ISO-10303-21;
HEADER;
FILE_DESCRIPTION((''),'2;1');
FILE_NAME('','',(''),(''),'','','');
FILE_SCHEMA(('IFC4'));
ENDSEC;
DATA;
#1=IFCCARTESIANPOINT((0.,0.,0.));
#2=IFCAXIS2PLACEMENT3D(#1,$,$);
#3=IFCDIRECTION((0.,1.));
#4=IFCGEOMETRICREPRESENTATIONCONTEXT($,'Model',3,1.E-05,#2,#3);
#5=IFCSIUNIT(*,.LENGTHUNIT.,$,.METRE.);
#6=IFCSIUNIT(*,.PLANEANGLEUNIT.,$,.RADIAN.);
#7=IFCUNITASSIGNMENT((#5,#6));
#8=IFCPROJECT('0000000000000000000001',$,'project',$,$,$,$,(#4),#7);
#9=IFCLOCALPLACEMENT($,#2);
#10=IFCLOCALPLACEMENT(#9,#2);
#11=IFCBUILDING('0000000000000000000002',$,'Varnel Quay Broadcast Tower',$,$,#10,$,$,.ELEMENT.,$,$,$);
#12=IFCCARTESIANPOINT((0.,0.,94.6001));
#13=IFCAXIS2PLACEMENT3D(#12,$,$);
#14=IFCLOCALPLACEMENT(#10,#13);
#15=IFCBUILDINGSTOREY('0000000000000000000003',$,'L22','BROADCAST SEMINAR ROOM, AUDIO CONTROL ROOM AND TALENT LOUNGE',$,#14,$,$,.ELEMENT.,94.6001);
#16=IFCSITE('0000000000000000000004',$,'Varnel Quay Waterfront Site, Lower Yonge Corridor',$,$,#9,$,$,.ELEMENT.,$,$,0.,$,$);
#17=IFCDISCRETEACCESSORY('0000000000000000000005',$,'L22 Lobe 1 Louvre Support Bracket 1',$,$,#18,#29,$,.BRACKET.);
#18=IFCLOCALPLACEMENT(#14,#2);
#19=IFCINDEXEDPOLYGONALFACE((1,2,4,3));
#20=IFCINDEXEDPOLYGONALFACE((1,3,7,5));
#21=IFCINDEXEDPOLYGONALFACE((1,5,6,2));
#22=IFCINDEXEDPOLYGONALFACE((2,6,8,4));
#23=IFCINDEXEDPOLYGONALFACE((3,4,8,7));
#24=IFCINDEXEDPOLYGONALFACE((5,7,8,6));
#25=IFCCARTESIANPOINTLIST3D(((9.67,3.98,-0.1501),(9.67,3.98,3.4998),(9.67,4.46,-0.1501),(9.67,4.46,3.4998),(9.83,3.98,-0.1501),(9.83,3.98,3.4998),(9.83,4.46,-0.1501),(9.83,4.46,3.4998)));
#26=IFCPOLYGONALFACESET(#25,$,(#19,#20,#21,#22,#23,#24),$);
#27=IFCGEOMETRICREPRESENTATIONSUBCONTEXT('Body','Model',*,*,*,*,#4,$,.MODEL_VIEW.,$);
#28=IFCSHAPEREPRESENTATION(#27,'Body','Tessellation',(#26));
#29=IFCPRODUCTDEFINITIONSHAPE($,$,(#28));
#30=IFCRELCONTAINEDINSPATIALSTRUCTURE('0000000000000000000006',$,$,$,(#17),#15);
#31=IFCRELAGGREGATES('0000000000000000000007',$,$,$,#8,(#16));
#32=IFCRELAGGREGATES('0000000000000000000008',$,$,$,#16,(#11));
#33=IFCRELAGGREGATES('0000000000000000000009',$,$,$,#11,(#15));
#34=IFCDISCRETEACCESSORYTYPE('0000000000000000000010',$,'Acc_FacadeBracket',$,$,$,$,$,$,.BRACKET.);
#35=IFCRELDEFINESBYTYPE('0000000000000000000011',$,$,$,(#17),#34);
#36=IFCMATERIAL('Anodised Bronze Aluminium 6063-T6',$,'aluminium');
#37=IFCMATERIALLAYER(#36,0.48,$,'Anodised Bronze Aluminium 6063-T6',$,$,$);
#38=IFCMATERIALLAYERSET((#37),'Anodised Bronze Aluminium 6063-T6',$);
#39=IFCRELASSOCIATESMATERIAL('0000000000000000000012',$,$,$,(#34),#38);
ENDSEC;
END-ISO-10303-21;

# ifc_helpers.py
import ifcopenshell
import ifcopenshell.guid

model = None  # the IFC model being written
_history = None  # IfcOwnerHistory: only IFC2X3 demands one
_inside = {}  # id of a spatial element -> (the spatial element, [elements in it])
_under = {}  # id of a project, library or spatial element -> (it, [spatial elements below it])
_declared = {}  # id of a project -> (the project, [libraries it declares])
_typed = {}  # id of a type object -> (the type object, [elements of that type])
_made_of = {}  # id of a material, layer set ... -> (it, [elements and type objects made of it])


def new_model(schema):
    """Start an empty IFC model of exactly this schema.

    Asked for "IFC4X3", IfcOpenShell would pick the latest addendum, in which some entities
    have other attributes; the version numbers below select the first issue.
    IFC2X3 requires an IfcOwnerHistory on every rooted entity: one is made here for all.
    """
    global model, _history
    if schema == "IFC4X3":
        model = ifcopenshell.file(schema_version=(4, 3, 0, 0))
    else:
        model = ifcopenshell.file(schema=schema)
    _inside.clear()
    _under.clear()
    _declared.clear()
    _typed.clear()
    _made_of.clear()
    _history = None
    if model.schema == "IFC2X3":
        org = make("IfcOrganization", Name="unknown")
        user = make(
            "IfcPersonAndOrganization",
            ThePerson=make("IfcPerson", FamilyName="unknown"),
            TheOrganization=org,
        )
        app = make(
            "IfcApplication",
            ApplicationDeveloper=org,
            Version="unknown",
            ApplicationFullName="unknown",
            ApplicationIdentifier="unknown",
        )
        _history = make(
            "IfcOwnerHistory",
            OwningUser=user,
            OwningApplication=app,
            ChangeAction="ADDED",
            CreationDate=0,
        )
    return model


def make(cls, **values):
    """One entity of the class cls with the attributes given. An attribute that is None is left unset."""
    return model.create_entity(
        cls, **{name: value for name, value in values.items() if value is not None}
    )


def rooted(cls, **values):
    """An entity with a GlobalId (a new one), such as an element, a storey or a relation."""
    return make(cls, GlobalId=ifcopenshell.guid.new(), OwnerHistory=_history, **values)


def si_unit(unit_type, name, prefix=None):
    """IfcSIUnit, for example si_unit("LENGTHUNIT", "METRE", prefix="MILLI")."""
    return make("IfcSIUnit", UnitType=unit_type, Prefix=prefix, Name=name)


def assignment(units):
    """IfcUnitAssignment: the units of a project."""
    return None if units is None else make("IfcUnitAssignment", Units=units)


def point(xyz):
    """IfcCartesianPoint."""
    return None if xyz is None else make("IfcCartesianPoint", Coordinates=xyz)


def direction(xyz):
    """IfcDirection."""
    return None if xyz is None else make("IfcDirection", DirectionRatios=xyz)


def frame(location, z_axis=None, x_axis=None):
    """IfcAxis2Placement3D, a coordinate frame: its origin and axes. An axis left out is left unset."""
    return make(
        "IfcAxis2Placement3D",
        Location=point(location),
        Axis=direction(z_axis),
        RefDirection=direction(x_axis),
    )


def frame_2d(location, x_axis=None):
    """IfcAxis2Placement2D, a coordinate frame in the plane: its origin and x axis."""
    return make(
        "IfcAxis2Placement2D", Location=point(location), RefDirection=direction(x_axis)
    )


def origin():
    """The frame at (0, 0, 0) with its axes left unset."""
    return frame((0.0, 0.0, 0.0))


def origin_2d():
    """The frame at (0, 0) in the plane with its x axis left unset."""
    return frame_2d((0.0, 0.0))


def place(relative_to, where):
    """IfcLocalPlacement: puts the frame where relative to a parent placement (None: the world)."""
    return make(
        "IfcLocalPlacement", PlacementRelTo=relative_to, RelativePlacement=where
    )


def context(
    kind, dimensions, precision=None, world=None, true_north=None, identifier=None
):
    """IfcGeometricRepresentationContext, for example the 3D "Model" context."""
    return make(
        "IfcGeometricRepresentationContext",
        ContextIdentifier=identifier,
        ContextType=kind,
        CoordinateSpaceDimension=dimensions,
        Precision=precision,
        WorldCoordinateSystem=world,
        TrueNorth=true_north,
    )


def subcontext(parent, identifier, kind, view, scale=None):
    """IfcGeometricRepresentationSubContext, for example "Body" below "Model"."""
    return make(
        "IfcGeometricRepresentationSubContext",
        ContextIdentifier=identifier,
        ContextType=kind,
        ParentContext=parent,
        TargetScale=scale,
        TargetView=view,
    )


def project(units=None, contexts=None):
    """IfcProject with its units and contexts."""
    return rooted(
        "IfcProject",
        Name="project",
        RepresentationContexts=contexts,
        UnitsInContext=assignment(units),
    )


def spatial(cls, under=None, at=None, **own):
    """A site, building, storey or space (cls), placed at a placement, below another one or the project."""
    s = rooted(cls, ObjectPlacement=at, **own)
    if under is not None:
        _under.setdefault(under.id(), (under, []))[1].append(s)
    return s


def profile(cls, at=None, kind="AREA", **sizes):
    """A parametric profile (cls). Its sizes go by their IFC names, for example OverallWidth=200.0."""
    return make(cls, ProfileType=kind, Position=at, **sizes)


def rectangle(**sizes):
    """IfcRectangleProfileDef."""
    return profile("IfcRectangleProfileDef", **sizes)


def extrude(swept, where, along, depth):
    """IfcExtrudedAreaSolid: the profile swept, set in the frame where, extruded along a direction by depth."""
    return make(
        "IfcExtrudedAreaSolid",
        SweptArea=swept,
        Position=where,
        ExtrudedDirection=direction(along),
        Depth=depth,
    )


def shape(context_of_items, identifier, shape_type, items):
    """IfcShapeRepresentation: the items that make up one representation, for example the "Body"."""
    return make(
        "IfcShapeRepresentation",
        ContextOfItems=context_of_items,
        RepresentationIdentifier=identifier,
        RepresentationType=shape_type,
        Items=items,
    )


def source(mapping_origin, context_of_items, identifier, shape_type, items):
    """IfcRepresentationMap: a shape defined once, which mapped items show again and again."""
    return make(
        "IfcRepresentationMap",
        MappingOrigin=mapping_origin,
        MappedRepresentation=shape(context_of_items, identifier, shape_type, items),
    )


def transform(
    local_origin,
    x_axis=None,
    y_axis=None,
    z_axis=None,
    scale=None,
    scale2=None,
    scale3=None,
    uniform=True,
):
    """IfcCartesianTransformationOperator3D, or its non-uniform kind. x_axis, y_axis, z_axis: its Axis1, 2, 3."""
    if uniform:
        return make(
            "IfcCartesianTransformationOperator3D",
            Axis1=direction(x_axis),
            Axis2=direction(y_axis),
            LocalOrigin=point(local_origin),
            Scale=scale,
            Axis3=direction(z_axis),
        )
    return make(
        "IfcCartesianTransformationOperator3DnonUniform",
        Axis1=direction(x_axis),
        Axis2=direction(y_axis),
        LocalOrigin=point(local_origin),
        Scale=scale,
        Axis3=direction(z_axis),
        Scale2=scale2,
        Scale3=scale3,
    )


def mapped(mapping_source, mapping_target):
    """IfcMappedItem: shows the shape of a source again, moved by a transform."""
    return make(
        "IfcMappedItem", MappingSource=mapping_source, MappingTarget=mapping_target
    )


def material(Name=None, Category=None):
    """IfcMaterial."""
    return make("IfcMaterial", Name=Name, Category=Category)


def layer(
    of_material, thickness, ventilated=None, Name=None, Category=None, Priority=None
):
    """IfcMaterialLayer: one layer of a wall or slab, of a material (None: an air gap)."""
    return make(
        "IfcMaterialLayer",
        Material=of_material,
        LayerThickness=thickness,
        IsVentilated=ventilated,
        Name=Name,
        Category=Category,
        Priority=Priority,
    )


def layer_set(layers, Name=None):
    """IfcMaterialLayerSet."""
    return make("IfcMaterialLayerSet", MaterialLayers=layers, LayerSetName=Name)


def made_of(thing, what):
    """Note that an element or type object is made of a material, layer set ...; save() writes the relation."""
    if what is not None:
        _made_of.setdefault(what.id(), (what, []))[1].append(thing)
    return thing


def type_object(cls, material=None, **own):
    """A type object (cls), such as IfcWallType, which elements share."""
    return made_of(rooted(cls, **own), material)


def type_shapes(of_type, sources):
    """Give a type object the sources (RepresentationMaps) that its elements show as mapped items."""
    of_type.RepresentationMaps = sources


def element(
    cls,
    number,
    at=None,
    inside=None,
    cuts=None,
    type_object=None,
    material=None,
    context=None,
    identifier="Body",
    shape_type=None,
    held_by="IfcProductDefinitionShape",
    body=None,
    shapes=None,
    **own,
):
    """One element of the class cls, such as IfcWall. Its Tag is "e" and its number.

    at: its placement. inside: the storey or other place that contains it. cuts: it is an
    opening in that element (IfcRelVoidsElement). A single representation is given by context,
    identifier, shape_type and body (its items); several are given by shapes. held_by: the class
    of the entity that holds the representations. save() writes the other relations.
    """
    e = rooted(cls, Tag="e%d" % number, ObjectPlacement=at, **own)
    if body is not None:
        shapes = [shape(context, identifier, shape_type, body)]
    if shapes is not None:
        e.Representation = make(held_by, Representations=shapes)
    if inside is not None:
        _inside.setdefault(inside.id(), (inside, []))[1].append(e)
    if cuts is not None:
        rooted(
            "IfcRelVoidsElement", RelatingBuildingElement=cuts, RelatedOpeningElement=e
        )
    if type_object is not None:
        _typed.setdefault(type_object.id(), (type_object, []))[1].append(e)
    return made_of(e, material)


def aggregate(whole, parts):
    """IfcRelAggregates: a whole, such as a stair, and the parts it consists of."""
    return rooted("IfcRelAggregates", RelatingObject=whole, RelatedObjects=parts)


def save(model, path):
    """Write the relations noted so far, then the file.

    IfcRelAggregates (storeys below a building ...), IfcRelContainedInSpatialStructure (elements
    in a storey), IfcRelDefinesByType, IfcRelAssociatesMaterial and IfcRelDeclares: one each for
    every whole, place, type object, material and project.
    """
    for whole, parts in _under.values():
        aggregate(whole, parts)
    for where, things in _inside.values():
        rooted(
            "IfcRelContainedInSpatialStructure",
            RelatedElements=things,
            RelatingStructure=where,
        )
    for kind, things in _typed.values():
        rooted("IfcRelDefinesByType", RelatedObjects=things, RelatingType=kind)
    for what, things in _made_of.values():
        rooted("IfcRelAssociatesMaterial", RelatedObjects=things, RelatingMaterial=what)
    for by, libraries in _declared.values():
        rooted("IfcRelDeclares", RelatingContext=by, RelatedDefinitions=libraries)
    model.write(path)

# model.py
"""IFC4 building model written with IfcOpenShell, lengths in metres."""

from ifc_helpers import new_model, si_unit, direction, frame, origin, origin_2d, place, context, subcontext, project, spatial, rectangle, extrude, source, transform, mapped, material, layer, layer_set, type_object, type_shapes, element, save


model = new_model("IFC4")

# Units and contexts
model_context = context("Model", 3, precision=1e-05, world=origin(), true_north=direction((0.0, 1.0)))
body_context = subcontext(model_context, "Body", "Model", "MODEL_VIEW")
ifc_project = project(units=[si_unit("LENGTHUNIT", "METRE"), si_unit("PLANEANGLEUNIT", "RADIAN")], contexts=[model_context])

# Site, building, storey
site_placement = place(None, origin())
site = spatial("IfcSite", under=ifc_project, at=site_placement, Name="Varnel Quay Waterfront Site, Lower Yonge Corridor", CompositionType="ELEMENT", RefElevation=0.0)
building_placement = place(site_placement, origin())
building = spatial("IfcBuilding", under=site, at=building_placement, Name="Varnel Quay Broadcast Tower", CompositionType="ELEMENT")
storey_placement = place(building_placement, frame((0.0, 0.0, 94.6001)))
storey = spatial("IfcBuildingStorey", under=building, at=storey_placement, Name="L22", Description="BROADCAST SEMINAR ROOM, AUDIO CONTROL ROOM AND TALENT LOUNGE", CompositionType="ELEMENT", Elevation=94.6001)

# Shared definitions
ifc_material_1 = material(Name="Anodised Bronze Aluminium 6063-T6", Category="aluminium")

# Discrete accessory
ifc_layer_1 = layer(ifc_material_1, 0.48, Name="Anodised Bronze Aluminium 6063-T6")
ifc_layer_set_1 = layer_set([ifc_layer_1], Name="Anodised Bronze Aluminium 6063-T6")
discrete_accessory_type = type_object("IfcDiscreteAccessoryType", Name="Acc_FacadeBracket", PredefinedType="BRACKET", material=ifc_layer_set_1)
shared_shape_1 = source(origin(), body_context, "Body", "SweptSolid", [
    extrude(rectangle(XDim=0.1599, YDim=0.48, at=origin_2d()), origin(), (0.0, 0.0, 1.0), 3.6499),
])
type_shapes(discrete_accessory_type, [shared_shape_1])
discrete_accessory_placement = place(storey_placement, frame((9.75, 4.22, -0.1501), z_axis=(0.0, 0.0, 1.0), x_axis=(1.0, 0.0, 0.0)))
element("IfcDiscreteAccessory", 1, at=discrete_accessory_placement, inside=storey, type_object=discrete_accessory_type, Name="L22 Lobe 1 Louvre Support Bracket 1", PredefinedType="BRACKET", context=body_context, shape_type="MappedRepresentation", body=[
    mapped(shared_shape_1, transform((0.0, 0.0, 0.0), x_axis=(1.0, 0.0, 0.0), y_axis=(0.0, 1.0, 0.0), z_axis=(0.0, 0.0, 1.0), scale=1.0)),
])

save(model, "model.ifc")
